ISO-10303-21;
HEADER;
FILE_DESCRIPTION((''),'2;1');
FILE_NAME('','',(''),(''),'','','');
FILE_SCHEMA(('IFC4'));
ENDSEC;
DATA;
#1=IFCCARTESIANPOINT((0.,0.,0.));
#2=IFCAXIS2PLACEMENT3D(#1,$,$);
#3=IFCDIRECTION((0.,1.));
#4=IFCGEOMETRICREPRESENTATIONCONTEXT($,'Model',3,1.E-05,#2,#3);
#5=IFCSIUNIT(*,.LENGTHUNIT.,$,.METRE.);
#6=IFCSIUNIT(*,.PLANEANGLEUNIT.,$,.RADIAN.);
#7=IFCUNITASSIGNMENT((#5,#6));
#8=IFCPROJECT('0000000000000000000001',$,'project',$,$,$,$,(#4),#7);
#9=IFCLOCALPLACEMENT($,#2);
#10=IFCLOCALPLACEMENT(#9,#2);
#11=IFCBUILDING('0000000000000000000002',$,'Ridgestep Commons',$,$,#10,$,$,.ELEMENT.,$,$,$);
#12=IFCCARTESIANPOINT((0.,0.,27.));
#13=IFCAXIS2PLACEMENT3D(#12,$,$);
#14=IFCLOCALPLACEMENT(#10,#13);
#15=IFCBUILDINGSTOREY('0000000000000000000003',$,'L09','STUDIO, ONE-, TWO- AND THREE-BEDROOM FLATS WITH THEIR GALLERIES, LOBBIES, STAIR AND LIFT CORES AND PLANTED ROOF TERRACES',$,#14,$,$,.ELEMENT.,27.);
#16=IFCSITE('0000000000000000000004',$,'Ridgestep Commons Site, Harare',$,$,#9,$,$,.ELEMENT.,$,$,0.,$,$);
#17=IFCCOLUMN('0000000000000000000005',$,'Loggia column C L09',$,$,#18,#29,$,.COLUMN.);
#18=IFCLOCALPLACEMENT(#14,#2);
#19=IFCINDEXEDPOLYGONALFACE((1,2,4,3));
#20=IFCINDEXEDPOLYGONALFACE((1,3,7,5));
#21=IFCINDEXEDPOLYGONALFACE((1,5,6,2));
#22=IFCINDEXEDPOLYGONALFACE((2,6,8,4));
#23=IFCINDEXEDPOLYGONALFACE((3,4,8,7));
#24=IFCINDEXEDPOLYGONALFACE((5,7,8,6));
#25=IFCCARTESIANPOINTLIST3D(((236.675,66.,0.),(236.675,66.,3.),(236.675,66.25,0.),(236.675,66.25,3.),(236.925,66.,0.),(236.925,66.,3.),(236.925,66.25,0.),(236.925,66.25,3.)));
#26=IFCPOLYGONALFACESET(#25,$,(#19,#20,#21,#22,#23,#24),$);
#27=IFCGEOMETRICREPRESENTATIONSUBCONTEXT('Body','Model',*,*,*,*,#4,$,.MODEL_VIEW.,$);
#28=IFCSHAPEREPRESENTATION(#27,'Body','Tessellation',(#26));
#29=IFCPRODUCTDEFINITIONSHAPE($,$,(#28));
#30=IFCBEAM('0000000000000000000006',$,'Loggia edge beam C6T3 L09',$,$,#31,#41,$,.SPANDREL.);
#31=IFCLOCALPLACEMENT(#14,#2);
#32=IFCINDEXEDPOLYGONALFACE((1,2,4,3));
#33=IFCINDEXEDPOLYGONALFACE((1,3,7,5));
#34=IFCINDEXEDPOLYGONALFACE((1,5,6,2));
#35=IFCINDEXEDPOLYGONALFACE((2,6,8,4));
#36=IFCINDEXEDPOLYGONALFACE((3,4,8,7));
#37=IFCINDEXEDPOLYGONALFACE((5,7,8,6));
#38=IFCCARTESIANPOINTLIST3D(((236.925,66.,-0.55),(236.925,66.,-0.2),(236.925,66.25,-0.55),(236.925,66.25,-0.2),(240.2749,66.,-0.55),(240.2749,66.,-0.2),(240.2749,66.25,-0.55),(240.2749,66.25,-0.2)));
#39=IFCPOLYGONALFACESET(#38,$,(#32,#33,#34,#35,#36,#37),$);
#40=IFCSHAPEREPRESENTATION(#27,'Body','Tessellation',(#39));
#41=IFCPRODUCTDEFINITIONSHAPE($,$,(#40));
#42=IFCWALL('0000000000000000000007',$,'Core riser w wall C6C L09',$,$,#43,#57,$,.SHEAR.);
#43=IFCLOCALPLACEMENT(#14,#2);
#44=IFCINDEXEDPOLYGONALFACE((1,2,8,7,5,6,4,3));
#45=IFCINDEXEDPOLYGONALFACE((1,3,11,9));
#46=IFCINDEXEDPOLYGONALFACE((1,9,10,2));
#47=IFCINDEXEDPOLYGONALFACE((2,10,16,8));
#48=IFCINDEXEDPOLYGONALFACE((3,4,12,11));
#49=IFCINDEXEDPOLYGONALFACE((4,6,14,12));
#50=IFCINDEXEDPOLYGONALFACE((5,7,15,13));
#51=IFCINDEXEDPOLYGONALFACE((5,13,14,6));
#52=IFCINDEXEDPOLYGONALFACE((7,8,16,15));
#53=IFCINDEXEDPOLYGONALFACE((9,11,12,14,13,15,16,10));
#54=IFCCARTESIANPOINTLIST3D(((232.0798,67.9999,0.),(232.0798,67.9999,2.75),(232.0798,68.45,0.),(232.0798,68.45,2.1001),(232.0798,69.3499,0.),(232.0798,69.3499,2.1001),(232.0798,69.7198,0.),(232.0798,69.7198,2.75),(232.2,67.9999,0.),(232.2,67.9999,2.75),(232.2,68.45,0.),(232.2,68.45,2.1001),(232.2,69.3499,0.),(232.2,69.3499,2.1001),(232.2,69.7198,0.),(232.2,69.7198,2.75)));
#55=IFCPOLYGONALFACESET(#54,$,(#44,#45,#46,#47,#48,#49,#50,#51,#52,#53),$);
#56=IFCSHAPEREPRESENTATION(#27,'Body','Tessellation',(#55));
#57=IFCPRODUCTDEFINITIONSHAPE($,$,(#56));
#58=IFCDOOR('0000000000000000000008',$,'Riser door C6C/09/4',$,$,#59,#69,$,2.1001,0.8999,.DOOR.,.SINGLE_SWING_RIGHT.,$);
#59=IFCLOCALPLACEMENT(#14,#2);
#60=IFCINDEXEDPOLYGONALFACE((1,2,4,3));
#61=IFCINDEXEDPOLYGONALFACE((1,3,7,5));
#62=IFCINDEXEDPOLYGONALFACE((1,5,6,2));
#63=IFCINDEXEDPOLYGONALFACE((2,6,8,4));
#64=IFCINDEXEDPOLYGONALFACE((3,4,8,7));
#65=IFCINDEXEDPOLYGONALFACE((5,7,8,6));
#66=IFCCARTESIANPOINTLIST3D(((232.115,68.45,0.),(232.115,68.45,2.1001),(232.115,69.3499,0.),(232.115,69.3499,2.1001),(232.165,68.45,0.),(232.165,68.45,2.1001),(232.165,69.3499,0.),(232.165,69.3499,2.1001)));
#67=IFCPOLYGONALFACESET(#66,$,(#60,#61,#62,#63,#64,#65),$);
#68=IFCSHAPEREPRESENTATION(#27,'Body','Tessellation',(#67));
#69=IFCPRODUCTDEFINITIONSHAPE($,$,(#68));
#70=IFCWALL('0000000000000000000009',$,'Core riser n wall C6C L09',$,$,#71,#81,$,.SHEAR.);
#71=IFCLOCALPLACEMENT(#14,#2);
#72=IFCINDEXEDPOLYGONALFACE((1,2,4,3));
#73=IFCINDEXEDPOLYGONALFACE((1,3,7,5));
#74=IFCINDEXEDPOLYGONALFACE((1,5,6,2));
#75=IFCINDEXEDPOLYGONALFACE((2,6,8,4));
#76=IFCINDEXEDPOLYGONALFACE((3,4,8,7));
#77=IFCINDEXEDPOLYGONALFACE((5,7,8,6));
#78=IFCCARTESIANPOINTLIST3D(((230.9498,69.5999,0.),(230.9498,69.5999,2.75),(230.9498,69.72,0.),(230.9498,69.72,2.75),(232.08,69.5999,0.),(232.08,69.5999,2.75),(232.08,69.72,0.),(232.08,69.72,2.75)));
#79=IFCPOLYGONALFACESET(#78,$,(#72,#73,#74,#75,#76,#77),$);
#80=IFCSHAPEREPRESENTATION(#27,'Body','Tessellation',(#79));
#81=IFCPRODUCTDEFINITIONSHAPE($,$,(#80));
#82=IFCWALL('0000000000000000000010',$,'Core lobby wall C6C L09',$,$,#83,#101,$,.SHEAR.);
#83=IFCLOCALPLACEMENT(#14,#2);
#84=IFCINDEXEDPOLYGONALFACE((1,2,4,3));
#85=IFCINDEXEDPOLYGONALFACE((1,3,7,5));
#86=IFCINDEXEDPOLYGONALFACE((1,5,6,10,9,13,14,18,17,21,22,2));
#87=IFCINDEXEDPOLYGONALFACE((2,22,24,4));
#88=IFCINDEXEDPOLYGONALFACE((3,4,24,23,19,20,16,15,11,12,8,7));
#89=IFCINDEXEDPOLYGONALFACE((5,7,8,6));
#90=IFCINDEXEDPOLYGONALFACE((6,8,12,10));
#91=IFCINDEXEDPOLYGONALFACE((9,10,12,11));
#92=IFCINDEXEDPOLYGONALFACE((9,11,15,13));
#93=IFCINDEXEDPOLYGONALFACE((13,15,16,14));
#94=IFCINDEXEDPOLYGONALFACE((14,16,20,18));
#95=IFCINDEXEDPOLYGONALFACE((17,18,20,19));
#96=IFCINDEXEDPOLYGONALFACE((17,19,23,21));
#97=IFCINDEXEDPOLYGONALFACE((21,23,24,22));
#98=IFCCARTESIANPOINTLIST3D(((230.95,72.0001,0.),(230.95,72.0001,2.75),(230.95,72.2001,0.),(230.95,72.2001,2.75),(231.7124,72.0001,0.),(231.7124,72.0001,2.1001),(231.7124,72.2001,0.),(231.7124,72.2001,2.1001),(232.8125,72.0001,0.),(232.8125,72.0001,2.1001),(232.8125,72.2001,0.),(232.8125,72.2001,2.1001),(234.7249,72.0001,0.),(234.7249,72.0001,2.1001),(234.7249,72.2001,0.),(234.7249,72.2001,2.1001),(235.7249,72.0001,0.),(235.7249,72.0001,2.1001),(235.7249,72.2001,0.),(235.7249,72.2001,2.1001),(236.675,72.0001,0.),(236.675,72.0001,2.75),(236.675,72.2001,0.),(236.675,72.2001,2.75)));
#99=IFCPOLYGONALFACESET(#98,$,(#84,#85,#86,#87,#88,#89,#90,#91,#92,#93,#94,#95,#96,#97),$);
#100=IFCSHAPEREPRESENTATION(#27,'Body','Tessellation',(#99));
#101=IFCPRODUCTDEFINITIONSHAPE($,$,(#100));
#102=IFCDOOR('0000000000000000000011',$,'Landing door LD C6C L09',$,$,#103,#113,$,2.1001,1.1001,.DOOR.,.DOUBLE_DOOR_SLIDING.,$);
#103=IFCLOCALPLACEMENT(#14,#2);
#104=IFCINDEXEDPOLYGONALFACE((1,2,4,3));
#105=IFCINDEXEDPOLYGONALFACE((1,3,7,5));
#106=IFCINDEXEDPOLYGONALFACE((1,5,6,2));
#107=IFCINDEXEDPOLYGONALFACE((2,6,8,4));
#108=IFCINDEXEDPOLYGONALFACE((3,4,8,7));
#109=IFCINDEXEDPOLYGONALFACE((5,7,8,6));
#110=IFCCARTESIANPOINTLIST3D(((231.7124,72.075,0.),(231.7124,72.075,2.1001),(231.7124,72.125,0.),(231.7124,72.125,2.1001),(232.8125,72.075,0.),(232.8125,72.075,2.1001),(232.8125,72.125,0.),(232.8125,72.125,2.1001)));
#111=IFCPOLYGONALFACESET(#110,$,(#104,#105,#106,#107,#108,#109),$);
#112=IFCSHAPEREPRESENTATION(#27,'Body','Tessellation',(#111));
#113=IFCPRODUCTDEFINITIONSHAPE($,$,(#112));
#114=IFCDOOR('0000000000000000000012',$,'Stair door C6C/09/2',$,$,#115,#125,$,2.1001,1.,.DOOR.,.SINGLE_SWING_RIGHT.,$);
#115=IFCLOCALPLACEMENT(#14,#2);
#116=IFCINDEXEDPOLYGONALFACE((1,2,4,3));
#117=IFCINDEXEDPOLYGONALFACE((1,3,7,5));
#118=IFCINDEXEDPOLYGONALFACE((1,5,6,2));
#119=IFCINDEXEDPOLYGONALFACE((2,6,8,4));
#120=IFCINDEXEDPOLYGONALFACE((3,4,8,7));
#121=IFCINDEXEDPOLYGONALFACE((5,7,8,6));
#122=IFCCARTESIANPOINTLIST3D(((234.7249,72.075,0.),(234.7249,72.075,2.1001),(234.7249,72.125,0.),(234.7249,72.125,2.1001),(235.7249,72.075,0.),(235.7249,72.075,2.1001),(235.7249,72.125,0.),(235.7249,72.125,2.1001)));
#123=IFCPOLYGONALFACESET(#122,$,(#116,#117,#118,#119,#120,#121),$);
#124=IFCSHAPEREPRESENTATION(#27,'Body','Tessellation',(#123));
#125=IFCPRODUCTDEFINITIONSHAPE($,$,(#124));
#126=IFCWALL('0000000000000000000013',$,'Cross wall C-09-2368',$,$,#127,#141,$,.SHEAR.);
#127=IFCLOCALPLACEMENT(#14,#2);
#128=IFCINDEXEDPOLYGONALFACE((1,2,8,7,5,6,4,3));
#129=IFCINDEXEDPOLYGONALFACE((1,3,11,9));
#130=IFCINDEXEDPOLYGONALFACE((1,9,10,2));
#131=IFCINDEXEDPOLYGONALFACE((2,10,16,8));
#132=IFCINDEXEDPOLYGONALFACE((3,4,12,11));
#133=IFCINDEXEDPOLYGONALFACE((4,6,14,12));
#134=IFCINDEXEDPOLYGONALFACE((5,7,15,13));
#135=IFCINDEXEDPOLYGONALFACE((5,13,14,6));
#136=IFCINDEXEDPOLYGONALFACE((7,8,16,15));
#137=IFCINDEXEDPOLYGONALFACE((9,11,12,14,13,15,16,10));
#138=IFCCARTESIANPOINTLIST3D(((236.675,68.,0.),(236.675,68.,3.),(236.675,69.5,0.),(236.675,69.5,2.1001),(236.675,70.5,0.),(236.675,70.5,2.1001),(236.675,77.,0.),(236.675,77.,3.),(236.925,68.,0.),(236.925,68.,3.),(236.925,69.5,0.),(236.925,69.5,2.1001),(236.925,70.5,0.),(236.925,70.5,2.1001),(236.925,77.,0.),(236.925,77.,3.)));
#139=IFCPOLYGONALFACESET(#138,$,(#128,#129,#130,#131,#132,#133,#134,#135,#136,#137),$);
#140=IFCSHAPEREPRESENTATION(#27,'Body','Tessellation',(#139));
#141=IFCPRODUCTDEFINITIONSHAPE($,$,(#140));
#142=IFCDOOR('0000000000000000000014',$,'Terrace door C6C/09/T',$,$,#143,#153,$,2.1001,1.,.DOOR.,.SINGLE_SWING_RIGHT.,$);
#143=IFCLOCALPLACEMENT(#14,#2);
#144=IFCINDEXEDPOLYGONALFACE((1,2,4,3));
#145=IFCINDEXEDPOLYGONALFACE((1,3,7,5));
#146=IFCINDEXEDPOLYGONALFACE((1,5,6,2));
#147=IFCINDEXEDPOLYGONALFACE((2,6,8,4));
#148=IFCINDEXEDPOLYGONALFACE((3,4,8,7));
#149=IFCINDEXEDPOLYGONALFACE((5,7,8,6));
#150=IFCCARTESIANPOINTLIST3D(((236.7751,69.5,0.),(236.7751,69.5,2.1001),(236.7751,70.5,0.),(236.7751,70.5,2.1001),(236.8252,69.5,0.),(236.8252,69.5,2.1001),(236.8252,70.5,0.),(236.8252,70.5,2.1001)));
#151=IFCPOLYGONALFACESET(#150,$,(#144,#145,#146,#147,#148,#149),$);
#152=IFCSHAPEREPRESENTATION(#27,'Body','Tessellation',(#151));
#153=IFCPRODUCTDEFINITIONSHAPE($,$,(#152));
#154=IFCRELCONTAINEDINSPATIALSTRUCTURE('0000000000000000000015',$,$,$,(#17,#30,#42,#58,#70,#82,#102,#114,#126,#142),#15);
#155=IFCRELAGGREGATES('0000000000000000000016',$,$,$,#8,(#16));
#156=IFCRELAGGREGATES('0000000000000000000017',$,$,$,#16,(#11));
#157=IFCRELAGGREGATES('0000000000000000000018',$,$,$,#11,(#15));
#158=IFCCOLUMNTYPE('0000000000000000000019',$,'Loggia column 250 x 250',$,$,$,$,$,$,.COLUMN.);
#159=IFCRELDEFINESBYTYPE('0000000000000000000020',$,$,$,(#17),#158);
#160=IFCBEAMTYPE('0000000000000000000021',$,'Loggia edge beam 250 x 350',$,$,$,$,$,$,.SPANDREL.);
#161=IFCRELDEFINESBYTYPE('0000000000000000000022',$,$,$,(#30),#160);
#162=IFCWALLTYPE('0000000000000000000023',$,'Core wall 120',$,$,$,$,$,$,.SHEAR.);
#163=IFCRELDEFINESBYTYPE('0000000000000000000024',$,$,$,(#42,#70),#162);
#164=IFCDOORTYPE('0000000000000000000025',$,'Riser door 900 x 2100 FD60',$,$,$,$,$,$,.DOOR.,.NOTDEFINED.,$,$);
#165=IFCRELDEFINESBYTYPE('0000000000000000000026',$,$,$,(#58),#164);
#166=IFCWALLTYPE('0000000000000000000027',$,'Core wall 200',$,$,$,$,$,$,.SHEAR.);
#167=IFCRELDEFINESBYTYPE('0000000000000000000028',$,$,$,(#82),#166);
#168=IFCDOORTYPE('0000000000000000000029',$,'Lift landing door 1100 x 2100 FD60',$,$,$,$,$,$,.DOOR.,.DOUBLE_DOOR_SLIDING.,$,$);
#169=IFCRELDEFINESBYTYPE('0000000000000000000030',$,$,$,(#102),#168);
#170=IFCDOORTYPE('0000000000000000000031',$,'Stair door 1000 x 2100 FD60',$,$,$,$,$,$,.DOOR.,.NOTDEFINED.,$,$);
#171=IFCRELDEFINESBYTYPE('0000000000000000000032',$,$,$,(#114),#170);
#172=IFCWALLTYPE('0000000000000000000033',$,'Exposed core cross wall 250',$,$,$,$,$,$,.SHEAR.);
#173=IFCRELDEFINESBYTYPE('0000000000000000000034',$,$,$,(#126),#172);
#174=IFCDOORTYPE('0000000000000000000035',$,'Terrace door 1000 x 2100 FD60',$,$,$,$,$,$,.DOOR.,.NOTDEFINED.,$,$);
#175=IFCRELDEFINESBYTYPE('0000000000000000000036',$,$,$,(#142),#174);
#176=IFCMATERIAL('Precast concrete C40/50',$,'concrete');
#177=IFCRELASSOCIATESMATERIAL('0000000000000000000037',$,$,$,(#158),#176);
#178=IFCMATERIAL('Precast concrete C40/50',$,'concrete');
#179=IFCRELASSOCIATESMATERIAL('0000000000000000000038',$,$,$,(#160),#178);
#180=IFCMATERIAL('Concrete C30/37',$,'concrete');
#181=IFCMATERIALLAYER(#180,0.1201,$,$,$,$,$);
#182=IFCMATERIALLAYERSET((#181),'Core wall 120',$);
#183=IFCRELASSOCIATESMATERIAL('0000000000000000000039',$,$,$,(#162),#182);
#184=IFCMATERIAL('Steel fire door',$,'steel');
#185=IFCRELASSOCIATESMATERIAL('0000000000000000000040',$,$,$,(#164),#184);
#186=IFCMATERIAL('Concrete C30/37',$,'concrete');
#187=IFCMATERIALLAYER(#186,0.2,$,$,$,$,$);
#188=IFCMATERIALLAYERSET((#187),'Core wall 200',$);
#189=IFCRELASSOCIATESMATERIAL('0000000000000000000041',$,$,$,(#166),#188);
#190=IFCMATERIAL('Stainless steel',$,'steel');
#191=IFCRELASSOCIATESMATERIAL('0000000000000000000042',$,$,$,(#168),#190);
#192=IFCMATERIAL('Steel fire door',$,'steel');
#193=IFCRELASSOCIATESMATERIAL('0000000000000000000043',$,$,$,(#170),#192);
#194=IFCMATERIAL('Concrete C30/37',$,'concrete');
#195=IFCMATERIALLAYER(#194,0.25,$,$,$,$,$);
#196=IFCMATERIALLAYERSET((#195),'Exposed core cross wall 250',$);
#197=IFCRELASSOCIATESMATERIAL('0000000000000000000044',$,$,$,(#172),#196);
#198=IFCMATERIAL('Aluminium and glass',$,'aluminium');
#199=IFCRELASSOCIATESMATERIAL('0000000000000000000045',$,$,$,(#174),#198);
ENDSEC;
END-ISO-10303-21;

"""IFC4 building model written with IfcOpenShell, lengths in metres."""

from ifc_helpers import new_model, si_unit, direction, frame, frame_2d, origin, origin_2d, place, context, subcontext, project, spatial, rectangle, extrude, material, layer, layer_set, material_profile, profile_set, type_object, element, fill, save


model = new_model("IFC4")

# Units and contexts
model_context = context("Model", 3, precision=1e-05, world=origin(), true_north=direction((0.0, 1.0)))
body_context = subcontext(model_context, "Body", "Model", "MODEL_VIEW")
ifc_project = project(units=[si_unit("LENGTHUNIT", "METRE"), si_unit("PLANEANGLEUNIT", "RADIAN")], contexts=[model_context])

# Site, building, storey
site_placement = place(None, origin())
site = spatial("IfcSite", under=ifc_project, at=site_placement, Name="Ridgestep Commons Site, Harare", CompositionType="ELEMENT", RefElevation=0.0)
building_placement = place(site_placement, origin())
building = spatial("IfcBuilding", under=site, at=building_placement, Name="Ridgestep Commons", CompositionType="ELEMENT")
storey_placement = place(building_placement, frame((0.0, 0.0, 27.0)))
storey = spatial("IfcBuildingStorey", under=building, at=storey_placement, Name="L09", Description="STUDIO, ONE-, TWO- AND THREE-BEDROOM FLATS WITH THEIR GALLERIES, LOBBIES, STAIR AND LIFT CORES AND PLANTED ROOF TERRACES", CompositionType="ELEMENT", Elevation=27.0)

# Column
ifc_material_1 = material(Name="Precast concrete C40/50", Category="concrete")
ifc_material_profile_1 = material_profile(ifc_material_1, rectangle(XDim=0.25, YDim=0.25, at=origin_2d()), Name="PC 250x250")
ifc_profile_set_1 = profile_set([ifc_material_profile_1], Name="Precast concrete C40/50")
column_type = type_object("IfcColumnType", Name="Loggia column 250 x 250", PredefinedType="COLUMN", material=ifc_profile_set_1)
column_placement = place(storey_placement, frame((236.8, 66.125, 0.0), z_axis=(0.0, 0.0, 1.0), x_axis=(1.0, 0.0, 0.0)))
element("IfcColumn", 1, at=column_placement, inside=storey, type_object=column_type, Name="Loggia column C L09", PredefinedType="COLUMN", context=body_context, shape_type="SweptSolid", body=[
    extrude(rectangle(XDim=0.25, YDim=0.25, at=origin_2d()), origin(), (0.0, 0.0, 1.0), 3.0),
])

# Beam
ifc_material_2 = material(Name="Precast concrete C40/50", Category="concrete")
ifc_material_profile_2 = material_profile(ifc_material_2, rectangle(XDim=0.25, YDim=0.3501, at=origin_2d()), Name="PC 250x350")
ifc_profile_set_2 = profile_set([ifc_material_profile_2], Name="Precast concrete C40/50")
beam_type = type_object("IfcBeamType", Name="Loggia edge beam 250 x 350", PredefinedType="SPANDREL", material=ifc_profile_set_2)
beam_placement = place(storey_placement, frame((236.925, 66.125, -0.375), z_axis=(1.0, 0.0, 0.0), x_axis=(0.0, 1.0, 0.0)))
element("IfcBeam", 2, at=beam_placement, inside=storey, type_object=beam_type, Name="Loggia edge beam C6T3 L09", PredefinedType="SPANDREL", context=body_context, shape_type="SweptSolid", body=[
    extrude(rectangle(XDim=0.25, YDim=0.3501, at=origin_2d()), origin(), (0.0, 0.0, 1.0), 3.3499),
])

# Wall, opening, door
ifc_material_3 = material(Name="Concrete C30/37", Category="concrete")
ifc_layer_1 = layer(ifc_material_3, 0.1201)
ifc_layer_set_1 = layer_set([ifc_layer_1], Name="Core wall 120")
wall_type_1 = type_object("IfcWallType", Name="Core wall 120", PredefinedType="SHEAR", material=ifc_layer_set_1)
wall_1_placement = place(storey_placement, frame((232.1399, 68.0, 0.0), z_axis=(0.0, 0.0, 1.0), x_axis=(0.0, 1.0, 0.0)))
wall_1 = element("IfcWall", 3, at=wall_1_placement, inside=storey, type_object=wall_type_1, Name="Core riser w wall C6C L09", PredefinedType="SHEAR", context=body_context, shape_type="SweptSolid", body=[
    extrude(rectangle(XDim=1.72, YDim=0.1201, at=frame_2d((0.8599, 0.0))), origin(), (0.0, 0.0, 1.0), 2.75),
])
opening_1_placement = place(wall_1_placement, frame((0.45, 0.0, 0.0)))
opening_1 = element("IfcOpeningElement", 4, at=opening_1_placement, cuts=wall_1, PredefinedType="OPENING", context=body_context, shape_type="SweptSolid", body=[
    extrude(rectangle(XDim=0.8999, YDim=2.1001, at=frame_2d((0.45, 1.05))), frame((0.0, 0.0701, 0.0), z_axis=(0.0, -1.0, 0.0), x_axis=(1.0, 0.0, 0.0)), (0.0, 0.0, 1.0), 0.1401),
])
ifc_material_4 = material(Name="Steel fire door", Category="steel")
door_type_1 = type_object("IfcDoorType", Name="Riser door 900 x 2100 FD60", OperationType="NOTDEFINED", PredefinedType="DOOR", material=ifc_material_4)
door_1_placement = place(opening_1_placement, origin())
door_1 = element("IfcDoor", 5, at=door_1_placement, inside=storey, type_object=door_type_1, Name="Riser door C6C/09/4", OperationType="SINGLE_SWING_RIGHT", OverallHeight=2.1001, OverallWidth=0.8999, PredefinedType="DOOR", context=body_context, shape_type="SweptSolid", body=[
    extrude(rectangle(XDim=0.8999, YDim=2.1001, at=frame_2d((0.45, 1.05))), frame((0.0, 0.0249, 0.0), z_axis=(0.0, -1.0, 0.0), x_axis=(1.0, 0.0, 0.0)), (0.0, 0.0, 1.0), 0.05),
])
fill(opening_1, door_1)

# Wall
wall_2_placement = place(storey_placement, frame((230.95, 69.6599, 0.0), z_axis=(0.0, 0.0, 1.0), x_axis=(1.0, 0.0, 0.0)))
element("IfcWall", 6, at=wall_2_placement, inside=storey, type_object=wall_type_1, Name="Core riser n wall C6C L09", PredefinedType="SHEAR", context=body_context, shape_type="SweptSolid", body=[
    extrude(rectangle(XDim=1.1301, YDim=0.1201, at=frame_2d((0.5649, 0.0))), origin(), (0.0, 0.0, 1.0), 2.75),
])

# Wall, openings, doors
ifc_material_5 = material(Name="Concrete C30/37", Category="concrete")
ifc_layer_2 = layer(ifc_material_5, 0.2)
ifc_layer_set_2 = layer_set([ifc_layer_2], Name="Core wall 200")
wall_type_2 = type_object("IfcWallType", Name="Core wall 200", PredefinedType="SHEAR", material=ifc_layer_set_2)
wall_3_placement = place(storey_placement, frame((230.95, 72.1001, 0.0), z_axis=(0.0, 0.0, 1.0), x_axis=(1.0, 0.0, 0.0)))
wall_3 = element("IfcWall", 7, at=wall_3_placement, inside=storey, type_object=wall_type_2, Name="Core lobby wall C6C L09", PredefinedType="SHEAR", context=body_context, shape_type="SweptSolid", body=[
    extrude(rectangle(XDim=5.7251, YDim=0.2, at=frame_2d((2.8625, 0.0))), origin(), (0.0, 0.0, 1.0), 2.75),
])
opening_2_placement = place(wall_3_placement, frame((3.7749, 0.0, 0.0)))
opening_2 = element("IfcOpeningElement", 8, at=opening_2_placement, cuts=wall_3, PredefinedType="OPENING", context=body_context, shape_type="SweptSolid", body=[
    extrude(rectangle(XDim=1.0, YDim=2.1001, at=frame_2d((0.5, 1.05))), frame((0.0, 0.1099, 0.0), z_axis=(0.0, -1.0, 0.0), x_axis=(1.0, 0.0, 0.0)), (0.0, 0.0, 1.0), 0.22),
])
opening_3_placement = place(wall_3_placement, frame((0.7625, 0.0, 0.0)))
opening_3 = element("IfcOpeningElement", 9, at=opening_3_placement, cuts=wall_3, PredefinedType="OPENING", context=body_context, shape_type="SweptSolid", body=[
    extrude(rectangle(XDim=1.1001, YDim=2.1001, at=frame_2d((0.55, 1.05))), frame((0.0, 0.1099, 0.0), z_axis=(0.0, -1.0, 0.0), x_axis=(1.0, 0.0, 0.0)), (0.0, 0.0, 1.0), 0.22),
])
ifc_material_6 = material(Name="Stainless steel", Category="steel")
door_type_2 = type_object("IfcDoorType", Name="Lift landing door 1100 x 2100 FD60", OperationType="DOUBLE_DOOR_SLIDING", PredefinedType="DOOR", material=ifc_material_6)
door_2_placement = place(opening_3_placement, origin())
door_2 = element("IfcDoor", 10, at=door_2_placement, inside=storey, type_object=door_type_2, Name="Landing door LD C6C L09", OperationType="DOUBLE_DOOR_SLIDING", OverallHeight=2.1001, OverallWidth=1.1001, PredefinedType="DOOR", context=body_context, shape_type="SweptSolid", body=[
    extrude(rectangle(XDim=1.1001, YDim=2.1001, at=frame_2d((0.55, 1.05))), frame((0.0, 0.0249, 0.0), z_axis=(0.0, -1.0, 0.0), x_axis=(1.0, 0.0, 0.0)), (0.0, 0.0, 1.0), 0.05),
])
fill(opening_3, door_2)
ifc_material_7 = material(Name="Steel fire door", Category="steel")
door_type_3 = type_object("IfcDoorType", Name="Stair door 1000 x 2100 FD60", OperationType="NOTDEFINED", PredefinedType="DOOR", material=ifc_material_7)
door_3_placement = place(opening_2_placement, origin())
door_3 = element("IfcDoor", 11, at=door_3_placement, inside=storey, type_object=door_type_3, Name="Stair door C6C/09/2", OperationType="SINGLE_SWING_RIGHT", OverallHeight=2.1001, OverallWidth=1.0, PredefinedType="DOOR", context=body_context, shape_type="SweptSolid", body=[
    extrude(rectangle(XDim=1.0, YDim=2.1001, at=frame_2d((0.5, 1.05))), frame((0.0, 0.0249, 0.0), z_axis=(0.0, -1.0, 0.0), x_axis=(1.0, 0.0, 0.0)), (0.0, 0.0, 1.0), 0.05),
])
fill(opening_2, door_3)

# Wall, opening, door
ifc_material_8 = material(Name="Concrete C30/37", Category="concrete")
ifc_layer_3 = layer(ifc_material_8, 0.25)
ifc_layer_set_3 = layer_set([ifc_layer_3], Name="Exposed core cross wall 250")
wall_type_3 = type_object("IfcWallType", Name="Exposed core cross wall 250", PredefinedType="SHEAR", material=ifc_layer_set_3)
wall_4_placement = place(storey_placement, frame((236.8, 68.0, 0.0), z_axis=(0.0, 0.0, 1.0), x_axis=(0.0, 1.0, 0.0)))
wall_4 = element("IfcWall", 12, at=wall_4_placement, inside=storey, type_object=wall_type_3, Name="Cross wall C-09-2368", PredefinedType="SHEAR", context=body_context, shape_type="SweptSolid", body=[
    extrude(rectangle(XDim=9.0, YDim=0.25, at=frame_2d((4.5, 0.0))), origin(), (0.0, 0.0, 1.0), 3.0),
])
opening_4_placement = place(wall_4_placement, frame((1.5, 0.0, 0.0)))
opening_4 = element("IfcOpeningElement", 13, at=opening_4_placement, cuts=wall_4, PredefinedType="OPENING", context=body_context, shape_type="SweptSolid", body=[
    extrude(rectangle(XDim=1.0, YDim=2.1001, at=frame_2d((0.5, 1.05))), frame((0.0, 0.135, 0.0), z_axis=(0.0, -1.0, 0.0), x_axis=(1.0, 0.0, 0.0)), (0.0, 0.0, 1.0), 0.27),
])
ifc_material_9 = material(Name="Aluminium and glass", Category="aluminium")
door_type_4 = type_object("IfcDoorType", Name="Terrace door 1000 x 2100 FD60", OperationType="NOTDEFINED", PredefinedType="DOOR", material=ifc_material_9)
door_4_placement = place(opening_4_placement, origin())
door_4 = element("IfcDoor", 14, at=door_4_placement, inside=storey, type_object=door_type_4, Name="Terrace door C6C/09/T", OperationType="SINGLE_SWING_RIGHT", OverallHeight=2.1001, OverallWidth=1.0, PredefinedType="DOOR", context=body_context, shape_type="SweptSolid", body=[
    extrude(rectangle(XDim=1.0, YDim=2.1001, at=frame_2d((0.5, 1.05))), frame((0.0, 0.0249, 0.0), z_axis=(0.0, -1.0, 0.0), x_axis=(1.0, 0.0, 0.0)), (0.0, 0.0, 1.0), 0.05),
])
fill(opening_4, door_4)

save(model, "model.ifc")
